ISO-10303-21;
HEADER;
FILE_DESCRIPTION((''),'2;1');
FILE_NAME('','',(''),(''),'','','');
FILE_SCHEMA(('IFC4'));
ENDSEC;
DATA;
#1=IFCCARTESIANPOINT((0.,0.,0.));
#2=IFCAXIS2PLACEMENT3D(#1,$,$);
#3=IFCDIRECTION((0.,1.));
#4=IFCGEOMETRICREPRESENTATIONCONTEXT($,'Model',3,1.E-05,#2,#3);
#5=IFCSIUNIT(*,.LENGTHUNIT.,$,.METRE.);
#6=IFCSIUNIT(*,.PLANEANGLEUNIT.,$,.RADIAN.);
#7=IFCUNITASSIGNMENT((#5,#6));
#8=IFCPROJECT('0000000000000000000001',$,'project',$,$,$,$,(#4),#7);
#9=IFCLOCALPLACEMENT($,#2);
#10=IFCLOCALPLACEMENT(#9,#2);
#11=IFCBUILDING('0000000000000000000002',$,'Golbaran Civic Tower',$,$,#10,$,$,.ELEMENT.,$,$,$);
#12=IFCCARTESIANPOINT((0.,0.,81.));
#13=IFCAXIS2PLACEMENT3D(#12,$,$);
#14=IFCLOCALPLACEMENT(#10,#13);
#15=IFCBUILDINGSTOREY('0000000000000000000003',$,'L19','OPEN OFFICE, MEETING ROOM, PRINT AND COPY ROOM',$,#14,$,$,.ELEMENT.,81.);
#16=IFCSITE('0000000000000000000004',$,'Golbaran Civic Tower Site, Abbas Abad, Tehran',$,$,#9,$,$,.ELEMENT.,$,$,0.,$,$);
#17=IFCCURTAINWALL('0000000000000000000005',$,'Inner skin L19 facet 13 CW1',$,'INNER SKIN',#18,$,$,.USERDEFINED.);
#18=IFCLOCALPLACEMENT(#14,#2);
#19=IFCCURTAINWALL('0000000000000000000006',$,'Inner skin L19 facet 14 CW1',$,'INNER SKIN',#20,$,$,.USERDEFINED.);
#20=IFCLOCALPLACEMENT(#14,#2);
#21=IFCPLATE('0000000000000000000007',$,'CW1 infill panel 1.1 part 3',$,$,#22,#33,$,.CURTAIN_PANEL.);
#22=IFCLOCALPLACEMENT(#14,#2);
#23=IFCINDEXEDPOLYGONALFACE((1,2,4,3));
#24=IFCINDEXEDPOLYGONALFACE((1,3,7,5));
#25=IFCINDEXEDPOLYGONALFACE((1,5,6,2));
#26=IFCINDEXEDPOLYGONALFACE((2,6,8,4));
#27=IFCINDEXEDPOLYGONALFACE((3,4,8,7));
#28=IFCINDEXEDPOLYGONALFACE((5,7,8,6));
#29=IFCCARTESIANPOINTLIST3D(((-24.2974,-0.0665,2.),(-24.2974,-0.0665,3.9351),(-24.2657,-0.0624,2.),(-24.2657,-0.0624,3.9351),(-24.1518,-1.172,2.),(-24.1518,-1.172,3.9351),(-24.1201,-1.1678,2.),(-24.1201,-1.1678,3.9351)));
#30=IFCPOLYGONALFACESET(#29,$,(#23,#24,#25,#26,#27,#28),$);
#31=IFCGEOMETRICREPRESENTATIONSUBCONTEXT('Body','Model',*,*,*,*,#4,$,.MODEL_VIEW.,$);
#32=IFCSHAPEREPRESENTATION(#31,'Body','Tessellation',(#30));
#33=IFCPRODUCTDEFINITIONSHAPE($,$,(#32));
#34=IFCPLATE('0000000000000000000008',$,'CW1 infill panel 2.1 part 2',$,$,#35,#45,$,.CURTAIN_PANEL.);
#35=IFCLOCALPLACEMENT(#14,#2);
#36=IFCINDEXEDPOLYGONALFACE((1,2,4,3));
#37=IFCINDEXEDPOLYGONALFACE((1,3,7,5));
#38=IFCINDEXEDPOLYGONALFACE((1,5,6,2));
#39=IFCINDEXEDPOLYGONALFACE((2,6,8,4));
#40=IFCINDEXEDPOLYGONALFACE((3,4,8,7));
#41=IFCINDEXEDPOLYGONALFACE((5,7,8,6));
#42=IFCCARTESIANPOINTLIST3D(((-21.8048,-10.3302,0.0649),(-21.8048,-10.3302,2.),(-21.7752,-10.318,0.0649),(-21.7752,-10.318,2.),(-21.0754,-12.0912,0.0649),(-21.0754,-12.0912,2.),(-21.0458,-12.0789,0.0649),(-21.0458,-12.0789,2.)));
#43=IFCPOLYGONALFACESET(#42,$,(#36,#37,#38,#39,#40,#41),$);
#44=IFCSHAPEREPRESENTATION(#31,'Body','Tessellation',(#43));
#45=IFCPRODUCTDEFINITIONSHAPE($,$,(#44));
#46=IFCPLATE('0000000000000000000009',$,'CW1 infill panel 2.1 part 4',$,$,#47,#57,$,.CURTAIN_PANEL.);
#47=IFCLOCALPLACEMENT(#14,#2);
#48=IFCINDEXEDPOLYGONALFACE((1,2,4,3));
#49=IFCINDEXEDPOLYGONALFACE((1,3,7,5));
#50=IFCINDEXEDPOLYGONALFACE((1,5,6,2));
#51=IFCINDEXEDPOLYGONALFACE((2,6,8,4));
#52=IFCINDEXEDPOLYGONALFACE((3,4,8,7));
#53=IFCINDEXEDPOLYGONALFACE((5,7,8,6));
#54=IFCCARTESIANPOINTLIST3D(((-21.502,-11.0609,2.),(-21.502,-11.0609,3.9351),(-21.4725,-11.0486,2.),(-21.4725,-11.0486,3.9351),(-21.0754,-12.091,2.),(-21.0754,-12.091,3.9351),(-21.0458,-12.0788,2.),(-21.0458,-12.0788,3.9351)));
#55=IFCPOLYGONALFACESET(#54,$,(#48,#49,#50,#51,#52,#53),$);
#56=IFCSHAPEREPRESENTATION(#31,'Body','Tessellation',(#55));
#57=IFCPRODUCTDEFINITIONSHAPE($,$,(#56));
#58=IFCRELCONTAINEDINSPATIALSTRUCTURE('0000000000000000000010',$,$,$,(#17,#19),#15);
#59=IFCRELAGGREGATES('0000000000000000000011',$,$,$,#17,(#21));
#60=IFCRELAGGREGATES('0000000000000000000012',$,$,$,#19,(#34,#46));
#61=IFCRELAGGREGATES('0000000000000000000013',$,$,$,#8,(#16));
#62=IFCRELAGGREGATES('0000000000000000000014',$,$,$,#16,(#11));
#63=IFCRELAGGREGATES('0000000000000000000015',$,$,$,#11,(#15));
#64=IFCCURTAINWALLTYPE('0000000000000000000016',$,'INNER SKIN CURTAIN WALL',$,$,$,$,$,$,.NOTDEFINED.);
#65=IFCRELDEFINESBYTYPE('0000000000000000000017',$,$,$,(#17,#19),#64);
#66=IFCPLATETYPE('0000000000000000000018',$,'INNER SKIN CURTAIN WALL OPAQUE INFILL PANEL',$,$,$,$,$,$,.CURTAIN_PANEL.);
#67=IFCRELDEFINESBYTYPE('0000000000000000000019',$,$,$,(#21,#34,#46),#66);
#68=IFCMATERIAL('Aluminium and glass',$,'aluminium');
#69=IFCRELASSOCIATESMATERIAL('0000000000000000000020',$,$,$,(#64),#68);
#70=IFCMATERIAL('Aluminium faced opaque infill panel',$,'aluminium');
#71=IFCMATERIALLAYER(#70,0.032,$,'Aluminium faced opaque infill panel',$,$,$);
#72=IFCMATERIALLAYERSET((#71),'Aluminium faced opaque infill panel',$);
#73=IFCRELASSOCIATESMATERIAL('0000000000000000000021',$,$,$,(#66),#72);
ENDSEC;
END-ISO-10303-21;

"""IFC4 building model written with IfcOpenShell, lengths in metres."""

from ifc_helpers import new_model, si_unit, direction, frame, origin, origin_2d, place, context, subcontext, project, spatial, rectangle, extrude, material, layer, layer_set, type_object, element, aggregate, save


model = new_model("IFC4")

# Units and contexts
model_context = context("Model", 3, precision=1e-05, world=origin(), true_north=direction((0.0, 1.0)))
body_context = subcontext(model_context, "Body", "Model", "MODEL_VIEW")
ifc_project = project(units=[si_unit("LENGTHUNIT", "METRE"), si_unit("PLANEANGLEUNIT", "RADIAN")], contexts=[model_context])

# Site, building, storey
site_placement = place(None, origin())
site = spatial("IfcSite", under=ifc_project, at=site_placement, Name="Golbaran Civic Tower Site, Abbas Abad, Tehran", CompositionType="ELEMENT", RefElevation=0.0)
building_placement = place(site_placement, origin())
building = spatial("IfcBuilding", under=site, at=building_placement, Name="Golbaran Civic Tower", CompositionType="ELEMENT")
storey_placement = place(building_placement, frame((0.0, 0.0, 81.0)))
storey = spatial("IfcBuildingStorey", under=building, at=storey_placement, Name="L19", Description="OPEN OFFICE, MEETING ROOM, PRINT AND COPY ROOM", CompositionType="ELEMENT", Elevation=81.0)

# Curtain walls
ifc_material_1 = material(Name="Aluminium and glass", Category="aluminium")
curtain_wall_type = type_object("IfcCurtainWallType", Name="INNER SKIN CURTAIN WALL", PredefinedType="NOTDEFINED", material=ifc_material_1)
curtain_wall_1_placement = place(storey_placement, origin())
curtain_wall_1 = element("IfcCurtainWall", 1, at=curtain_wall_1_placement, inside=storey, type_object=curtain_wall_type, Name="Inner skin L19 facet 13 CW1", ObjectType="INNER SKIN", PredefinedType="USERDEFINED")
curtain_wall_2_placement = place(storey_placement, origin())
curtain_wall_2 = element("IfcCurtainWall", 2, at=curtain_wall_2_placement, inside=storey, type_object=curtain_wall_type, Name="Inner skin L19 facet 14 CW1", ObjectType="INNER SKIN", PredefinedType="USERDEFINED")

# Plates
ifc_material_2 = material(Name="Aluminium faced opaque infill panel", Category="aluminium")
ifc_layer_1 = layer(ifc_material_2, 0.032, Name="Aluminium faced opaque infill panel")
ifc_layer_set_1 = layer_set([ifc_layer_1], Name="Aluminium faced opaque infill panel")
plate_type_1 = type_object("IfcPlateType", Name="INNER SKIN CURTAIN WALL OPAQUE INFILL PANEL", PredefinedType="CURTAIN_PANEL", material=ifc_layer_set_1)
plate_1_placement = place(storey_placement, frame((-24.2087, -0.6172, 2.0), z_axis=(0.0, 0.0, 1.0), x_axis=(0.130526, -0.991445, 0.0)))
plate_1 = element("IfcPlate", 3, at=plate_1_placement, type_object=plate_type_1, Name="CW1 infill panel 1.1 part 3", PredefinedType="CURTAIN_PANEL", context=body_context, shape_type="SweptSolid", body=[
    extrude(rectangle(XDim=1.115, YDim=0.032, at=origin_2d()), origin(), (0.0, 0.0, 1.0), 1.9351),
])
aggregate(curtain_wall_1, [plate_1])
plate_2_placement = place(storey_placement, frame((-21.4253, -11.2046, 0.0649), z_axis=(0.0, 0.0, 1.0), x_axis=(0.382683, -0.92388, 0.0)))
plate_2 = element("IfcPlate", 4, at=plate_2_placement, type_object=plate_type_1, Name="CW1 infill panel 2.1 part 2", PredefinedType="CURTAIN_PANEL", context=body_context, shape_type="SweptSolid", body=[
    extrude(rectangle(XDim=1.906, YDim=0.032, at=origin_2d()), origin(), (0.0, 0.0, 1.0), 1.9351),
])
plate_3_placement = place(storey_placement, frame((-21.2739, -11.5698, 2.0), z_axis=(0.0, 0.0, 1.0), x_axis=(0.382683, -0.92388, 0.0)))
plate_3 = element("IfcPlate", 5, at=plate_3_placement, type_object=plate_type_1, Name="CW1 infill panel 2.1 part 4", PredefinedType="CURTAIN_PANEL", context=body_context, shape_type="SweptSolid", body=[
    extrude(rectangle(XDim=1.115, YDim=0.032, at=origin_2d()), origin(), (0.0, 0.0, 1.0), 1.9351),
])
aggregate(curtain_wall_2, [plate_2, plate_3])

save(model, "model.ifc")
